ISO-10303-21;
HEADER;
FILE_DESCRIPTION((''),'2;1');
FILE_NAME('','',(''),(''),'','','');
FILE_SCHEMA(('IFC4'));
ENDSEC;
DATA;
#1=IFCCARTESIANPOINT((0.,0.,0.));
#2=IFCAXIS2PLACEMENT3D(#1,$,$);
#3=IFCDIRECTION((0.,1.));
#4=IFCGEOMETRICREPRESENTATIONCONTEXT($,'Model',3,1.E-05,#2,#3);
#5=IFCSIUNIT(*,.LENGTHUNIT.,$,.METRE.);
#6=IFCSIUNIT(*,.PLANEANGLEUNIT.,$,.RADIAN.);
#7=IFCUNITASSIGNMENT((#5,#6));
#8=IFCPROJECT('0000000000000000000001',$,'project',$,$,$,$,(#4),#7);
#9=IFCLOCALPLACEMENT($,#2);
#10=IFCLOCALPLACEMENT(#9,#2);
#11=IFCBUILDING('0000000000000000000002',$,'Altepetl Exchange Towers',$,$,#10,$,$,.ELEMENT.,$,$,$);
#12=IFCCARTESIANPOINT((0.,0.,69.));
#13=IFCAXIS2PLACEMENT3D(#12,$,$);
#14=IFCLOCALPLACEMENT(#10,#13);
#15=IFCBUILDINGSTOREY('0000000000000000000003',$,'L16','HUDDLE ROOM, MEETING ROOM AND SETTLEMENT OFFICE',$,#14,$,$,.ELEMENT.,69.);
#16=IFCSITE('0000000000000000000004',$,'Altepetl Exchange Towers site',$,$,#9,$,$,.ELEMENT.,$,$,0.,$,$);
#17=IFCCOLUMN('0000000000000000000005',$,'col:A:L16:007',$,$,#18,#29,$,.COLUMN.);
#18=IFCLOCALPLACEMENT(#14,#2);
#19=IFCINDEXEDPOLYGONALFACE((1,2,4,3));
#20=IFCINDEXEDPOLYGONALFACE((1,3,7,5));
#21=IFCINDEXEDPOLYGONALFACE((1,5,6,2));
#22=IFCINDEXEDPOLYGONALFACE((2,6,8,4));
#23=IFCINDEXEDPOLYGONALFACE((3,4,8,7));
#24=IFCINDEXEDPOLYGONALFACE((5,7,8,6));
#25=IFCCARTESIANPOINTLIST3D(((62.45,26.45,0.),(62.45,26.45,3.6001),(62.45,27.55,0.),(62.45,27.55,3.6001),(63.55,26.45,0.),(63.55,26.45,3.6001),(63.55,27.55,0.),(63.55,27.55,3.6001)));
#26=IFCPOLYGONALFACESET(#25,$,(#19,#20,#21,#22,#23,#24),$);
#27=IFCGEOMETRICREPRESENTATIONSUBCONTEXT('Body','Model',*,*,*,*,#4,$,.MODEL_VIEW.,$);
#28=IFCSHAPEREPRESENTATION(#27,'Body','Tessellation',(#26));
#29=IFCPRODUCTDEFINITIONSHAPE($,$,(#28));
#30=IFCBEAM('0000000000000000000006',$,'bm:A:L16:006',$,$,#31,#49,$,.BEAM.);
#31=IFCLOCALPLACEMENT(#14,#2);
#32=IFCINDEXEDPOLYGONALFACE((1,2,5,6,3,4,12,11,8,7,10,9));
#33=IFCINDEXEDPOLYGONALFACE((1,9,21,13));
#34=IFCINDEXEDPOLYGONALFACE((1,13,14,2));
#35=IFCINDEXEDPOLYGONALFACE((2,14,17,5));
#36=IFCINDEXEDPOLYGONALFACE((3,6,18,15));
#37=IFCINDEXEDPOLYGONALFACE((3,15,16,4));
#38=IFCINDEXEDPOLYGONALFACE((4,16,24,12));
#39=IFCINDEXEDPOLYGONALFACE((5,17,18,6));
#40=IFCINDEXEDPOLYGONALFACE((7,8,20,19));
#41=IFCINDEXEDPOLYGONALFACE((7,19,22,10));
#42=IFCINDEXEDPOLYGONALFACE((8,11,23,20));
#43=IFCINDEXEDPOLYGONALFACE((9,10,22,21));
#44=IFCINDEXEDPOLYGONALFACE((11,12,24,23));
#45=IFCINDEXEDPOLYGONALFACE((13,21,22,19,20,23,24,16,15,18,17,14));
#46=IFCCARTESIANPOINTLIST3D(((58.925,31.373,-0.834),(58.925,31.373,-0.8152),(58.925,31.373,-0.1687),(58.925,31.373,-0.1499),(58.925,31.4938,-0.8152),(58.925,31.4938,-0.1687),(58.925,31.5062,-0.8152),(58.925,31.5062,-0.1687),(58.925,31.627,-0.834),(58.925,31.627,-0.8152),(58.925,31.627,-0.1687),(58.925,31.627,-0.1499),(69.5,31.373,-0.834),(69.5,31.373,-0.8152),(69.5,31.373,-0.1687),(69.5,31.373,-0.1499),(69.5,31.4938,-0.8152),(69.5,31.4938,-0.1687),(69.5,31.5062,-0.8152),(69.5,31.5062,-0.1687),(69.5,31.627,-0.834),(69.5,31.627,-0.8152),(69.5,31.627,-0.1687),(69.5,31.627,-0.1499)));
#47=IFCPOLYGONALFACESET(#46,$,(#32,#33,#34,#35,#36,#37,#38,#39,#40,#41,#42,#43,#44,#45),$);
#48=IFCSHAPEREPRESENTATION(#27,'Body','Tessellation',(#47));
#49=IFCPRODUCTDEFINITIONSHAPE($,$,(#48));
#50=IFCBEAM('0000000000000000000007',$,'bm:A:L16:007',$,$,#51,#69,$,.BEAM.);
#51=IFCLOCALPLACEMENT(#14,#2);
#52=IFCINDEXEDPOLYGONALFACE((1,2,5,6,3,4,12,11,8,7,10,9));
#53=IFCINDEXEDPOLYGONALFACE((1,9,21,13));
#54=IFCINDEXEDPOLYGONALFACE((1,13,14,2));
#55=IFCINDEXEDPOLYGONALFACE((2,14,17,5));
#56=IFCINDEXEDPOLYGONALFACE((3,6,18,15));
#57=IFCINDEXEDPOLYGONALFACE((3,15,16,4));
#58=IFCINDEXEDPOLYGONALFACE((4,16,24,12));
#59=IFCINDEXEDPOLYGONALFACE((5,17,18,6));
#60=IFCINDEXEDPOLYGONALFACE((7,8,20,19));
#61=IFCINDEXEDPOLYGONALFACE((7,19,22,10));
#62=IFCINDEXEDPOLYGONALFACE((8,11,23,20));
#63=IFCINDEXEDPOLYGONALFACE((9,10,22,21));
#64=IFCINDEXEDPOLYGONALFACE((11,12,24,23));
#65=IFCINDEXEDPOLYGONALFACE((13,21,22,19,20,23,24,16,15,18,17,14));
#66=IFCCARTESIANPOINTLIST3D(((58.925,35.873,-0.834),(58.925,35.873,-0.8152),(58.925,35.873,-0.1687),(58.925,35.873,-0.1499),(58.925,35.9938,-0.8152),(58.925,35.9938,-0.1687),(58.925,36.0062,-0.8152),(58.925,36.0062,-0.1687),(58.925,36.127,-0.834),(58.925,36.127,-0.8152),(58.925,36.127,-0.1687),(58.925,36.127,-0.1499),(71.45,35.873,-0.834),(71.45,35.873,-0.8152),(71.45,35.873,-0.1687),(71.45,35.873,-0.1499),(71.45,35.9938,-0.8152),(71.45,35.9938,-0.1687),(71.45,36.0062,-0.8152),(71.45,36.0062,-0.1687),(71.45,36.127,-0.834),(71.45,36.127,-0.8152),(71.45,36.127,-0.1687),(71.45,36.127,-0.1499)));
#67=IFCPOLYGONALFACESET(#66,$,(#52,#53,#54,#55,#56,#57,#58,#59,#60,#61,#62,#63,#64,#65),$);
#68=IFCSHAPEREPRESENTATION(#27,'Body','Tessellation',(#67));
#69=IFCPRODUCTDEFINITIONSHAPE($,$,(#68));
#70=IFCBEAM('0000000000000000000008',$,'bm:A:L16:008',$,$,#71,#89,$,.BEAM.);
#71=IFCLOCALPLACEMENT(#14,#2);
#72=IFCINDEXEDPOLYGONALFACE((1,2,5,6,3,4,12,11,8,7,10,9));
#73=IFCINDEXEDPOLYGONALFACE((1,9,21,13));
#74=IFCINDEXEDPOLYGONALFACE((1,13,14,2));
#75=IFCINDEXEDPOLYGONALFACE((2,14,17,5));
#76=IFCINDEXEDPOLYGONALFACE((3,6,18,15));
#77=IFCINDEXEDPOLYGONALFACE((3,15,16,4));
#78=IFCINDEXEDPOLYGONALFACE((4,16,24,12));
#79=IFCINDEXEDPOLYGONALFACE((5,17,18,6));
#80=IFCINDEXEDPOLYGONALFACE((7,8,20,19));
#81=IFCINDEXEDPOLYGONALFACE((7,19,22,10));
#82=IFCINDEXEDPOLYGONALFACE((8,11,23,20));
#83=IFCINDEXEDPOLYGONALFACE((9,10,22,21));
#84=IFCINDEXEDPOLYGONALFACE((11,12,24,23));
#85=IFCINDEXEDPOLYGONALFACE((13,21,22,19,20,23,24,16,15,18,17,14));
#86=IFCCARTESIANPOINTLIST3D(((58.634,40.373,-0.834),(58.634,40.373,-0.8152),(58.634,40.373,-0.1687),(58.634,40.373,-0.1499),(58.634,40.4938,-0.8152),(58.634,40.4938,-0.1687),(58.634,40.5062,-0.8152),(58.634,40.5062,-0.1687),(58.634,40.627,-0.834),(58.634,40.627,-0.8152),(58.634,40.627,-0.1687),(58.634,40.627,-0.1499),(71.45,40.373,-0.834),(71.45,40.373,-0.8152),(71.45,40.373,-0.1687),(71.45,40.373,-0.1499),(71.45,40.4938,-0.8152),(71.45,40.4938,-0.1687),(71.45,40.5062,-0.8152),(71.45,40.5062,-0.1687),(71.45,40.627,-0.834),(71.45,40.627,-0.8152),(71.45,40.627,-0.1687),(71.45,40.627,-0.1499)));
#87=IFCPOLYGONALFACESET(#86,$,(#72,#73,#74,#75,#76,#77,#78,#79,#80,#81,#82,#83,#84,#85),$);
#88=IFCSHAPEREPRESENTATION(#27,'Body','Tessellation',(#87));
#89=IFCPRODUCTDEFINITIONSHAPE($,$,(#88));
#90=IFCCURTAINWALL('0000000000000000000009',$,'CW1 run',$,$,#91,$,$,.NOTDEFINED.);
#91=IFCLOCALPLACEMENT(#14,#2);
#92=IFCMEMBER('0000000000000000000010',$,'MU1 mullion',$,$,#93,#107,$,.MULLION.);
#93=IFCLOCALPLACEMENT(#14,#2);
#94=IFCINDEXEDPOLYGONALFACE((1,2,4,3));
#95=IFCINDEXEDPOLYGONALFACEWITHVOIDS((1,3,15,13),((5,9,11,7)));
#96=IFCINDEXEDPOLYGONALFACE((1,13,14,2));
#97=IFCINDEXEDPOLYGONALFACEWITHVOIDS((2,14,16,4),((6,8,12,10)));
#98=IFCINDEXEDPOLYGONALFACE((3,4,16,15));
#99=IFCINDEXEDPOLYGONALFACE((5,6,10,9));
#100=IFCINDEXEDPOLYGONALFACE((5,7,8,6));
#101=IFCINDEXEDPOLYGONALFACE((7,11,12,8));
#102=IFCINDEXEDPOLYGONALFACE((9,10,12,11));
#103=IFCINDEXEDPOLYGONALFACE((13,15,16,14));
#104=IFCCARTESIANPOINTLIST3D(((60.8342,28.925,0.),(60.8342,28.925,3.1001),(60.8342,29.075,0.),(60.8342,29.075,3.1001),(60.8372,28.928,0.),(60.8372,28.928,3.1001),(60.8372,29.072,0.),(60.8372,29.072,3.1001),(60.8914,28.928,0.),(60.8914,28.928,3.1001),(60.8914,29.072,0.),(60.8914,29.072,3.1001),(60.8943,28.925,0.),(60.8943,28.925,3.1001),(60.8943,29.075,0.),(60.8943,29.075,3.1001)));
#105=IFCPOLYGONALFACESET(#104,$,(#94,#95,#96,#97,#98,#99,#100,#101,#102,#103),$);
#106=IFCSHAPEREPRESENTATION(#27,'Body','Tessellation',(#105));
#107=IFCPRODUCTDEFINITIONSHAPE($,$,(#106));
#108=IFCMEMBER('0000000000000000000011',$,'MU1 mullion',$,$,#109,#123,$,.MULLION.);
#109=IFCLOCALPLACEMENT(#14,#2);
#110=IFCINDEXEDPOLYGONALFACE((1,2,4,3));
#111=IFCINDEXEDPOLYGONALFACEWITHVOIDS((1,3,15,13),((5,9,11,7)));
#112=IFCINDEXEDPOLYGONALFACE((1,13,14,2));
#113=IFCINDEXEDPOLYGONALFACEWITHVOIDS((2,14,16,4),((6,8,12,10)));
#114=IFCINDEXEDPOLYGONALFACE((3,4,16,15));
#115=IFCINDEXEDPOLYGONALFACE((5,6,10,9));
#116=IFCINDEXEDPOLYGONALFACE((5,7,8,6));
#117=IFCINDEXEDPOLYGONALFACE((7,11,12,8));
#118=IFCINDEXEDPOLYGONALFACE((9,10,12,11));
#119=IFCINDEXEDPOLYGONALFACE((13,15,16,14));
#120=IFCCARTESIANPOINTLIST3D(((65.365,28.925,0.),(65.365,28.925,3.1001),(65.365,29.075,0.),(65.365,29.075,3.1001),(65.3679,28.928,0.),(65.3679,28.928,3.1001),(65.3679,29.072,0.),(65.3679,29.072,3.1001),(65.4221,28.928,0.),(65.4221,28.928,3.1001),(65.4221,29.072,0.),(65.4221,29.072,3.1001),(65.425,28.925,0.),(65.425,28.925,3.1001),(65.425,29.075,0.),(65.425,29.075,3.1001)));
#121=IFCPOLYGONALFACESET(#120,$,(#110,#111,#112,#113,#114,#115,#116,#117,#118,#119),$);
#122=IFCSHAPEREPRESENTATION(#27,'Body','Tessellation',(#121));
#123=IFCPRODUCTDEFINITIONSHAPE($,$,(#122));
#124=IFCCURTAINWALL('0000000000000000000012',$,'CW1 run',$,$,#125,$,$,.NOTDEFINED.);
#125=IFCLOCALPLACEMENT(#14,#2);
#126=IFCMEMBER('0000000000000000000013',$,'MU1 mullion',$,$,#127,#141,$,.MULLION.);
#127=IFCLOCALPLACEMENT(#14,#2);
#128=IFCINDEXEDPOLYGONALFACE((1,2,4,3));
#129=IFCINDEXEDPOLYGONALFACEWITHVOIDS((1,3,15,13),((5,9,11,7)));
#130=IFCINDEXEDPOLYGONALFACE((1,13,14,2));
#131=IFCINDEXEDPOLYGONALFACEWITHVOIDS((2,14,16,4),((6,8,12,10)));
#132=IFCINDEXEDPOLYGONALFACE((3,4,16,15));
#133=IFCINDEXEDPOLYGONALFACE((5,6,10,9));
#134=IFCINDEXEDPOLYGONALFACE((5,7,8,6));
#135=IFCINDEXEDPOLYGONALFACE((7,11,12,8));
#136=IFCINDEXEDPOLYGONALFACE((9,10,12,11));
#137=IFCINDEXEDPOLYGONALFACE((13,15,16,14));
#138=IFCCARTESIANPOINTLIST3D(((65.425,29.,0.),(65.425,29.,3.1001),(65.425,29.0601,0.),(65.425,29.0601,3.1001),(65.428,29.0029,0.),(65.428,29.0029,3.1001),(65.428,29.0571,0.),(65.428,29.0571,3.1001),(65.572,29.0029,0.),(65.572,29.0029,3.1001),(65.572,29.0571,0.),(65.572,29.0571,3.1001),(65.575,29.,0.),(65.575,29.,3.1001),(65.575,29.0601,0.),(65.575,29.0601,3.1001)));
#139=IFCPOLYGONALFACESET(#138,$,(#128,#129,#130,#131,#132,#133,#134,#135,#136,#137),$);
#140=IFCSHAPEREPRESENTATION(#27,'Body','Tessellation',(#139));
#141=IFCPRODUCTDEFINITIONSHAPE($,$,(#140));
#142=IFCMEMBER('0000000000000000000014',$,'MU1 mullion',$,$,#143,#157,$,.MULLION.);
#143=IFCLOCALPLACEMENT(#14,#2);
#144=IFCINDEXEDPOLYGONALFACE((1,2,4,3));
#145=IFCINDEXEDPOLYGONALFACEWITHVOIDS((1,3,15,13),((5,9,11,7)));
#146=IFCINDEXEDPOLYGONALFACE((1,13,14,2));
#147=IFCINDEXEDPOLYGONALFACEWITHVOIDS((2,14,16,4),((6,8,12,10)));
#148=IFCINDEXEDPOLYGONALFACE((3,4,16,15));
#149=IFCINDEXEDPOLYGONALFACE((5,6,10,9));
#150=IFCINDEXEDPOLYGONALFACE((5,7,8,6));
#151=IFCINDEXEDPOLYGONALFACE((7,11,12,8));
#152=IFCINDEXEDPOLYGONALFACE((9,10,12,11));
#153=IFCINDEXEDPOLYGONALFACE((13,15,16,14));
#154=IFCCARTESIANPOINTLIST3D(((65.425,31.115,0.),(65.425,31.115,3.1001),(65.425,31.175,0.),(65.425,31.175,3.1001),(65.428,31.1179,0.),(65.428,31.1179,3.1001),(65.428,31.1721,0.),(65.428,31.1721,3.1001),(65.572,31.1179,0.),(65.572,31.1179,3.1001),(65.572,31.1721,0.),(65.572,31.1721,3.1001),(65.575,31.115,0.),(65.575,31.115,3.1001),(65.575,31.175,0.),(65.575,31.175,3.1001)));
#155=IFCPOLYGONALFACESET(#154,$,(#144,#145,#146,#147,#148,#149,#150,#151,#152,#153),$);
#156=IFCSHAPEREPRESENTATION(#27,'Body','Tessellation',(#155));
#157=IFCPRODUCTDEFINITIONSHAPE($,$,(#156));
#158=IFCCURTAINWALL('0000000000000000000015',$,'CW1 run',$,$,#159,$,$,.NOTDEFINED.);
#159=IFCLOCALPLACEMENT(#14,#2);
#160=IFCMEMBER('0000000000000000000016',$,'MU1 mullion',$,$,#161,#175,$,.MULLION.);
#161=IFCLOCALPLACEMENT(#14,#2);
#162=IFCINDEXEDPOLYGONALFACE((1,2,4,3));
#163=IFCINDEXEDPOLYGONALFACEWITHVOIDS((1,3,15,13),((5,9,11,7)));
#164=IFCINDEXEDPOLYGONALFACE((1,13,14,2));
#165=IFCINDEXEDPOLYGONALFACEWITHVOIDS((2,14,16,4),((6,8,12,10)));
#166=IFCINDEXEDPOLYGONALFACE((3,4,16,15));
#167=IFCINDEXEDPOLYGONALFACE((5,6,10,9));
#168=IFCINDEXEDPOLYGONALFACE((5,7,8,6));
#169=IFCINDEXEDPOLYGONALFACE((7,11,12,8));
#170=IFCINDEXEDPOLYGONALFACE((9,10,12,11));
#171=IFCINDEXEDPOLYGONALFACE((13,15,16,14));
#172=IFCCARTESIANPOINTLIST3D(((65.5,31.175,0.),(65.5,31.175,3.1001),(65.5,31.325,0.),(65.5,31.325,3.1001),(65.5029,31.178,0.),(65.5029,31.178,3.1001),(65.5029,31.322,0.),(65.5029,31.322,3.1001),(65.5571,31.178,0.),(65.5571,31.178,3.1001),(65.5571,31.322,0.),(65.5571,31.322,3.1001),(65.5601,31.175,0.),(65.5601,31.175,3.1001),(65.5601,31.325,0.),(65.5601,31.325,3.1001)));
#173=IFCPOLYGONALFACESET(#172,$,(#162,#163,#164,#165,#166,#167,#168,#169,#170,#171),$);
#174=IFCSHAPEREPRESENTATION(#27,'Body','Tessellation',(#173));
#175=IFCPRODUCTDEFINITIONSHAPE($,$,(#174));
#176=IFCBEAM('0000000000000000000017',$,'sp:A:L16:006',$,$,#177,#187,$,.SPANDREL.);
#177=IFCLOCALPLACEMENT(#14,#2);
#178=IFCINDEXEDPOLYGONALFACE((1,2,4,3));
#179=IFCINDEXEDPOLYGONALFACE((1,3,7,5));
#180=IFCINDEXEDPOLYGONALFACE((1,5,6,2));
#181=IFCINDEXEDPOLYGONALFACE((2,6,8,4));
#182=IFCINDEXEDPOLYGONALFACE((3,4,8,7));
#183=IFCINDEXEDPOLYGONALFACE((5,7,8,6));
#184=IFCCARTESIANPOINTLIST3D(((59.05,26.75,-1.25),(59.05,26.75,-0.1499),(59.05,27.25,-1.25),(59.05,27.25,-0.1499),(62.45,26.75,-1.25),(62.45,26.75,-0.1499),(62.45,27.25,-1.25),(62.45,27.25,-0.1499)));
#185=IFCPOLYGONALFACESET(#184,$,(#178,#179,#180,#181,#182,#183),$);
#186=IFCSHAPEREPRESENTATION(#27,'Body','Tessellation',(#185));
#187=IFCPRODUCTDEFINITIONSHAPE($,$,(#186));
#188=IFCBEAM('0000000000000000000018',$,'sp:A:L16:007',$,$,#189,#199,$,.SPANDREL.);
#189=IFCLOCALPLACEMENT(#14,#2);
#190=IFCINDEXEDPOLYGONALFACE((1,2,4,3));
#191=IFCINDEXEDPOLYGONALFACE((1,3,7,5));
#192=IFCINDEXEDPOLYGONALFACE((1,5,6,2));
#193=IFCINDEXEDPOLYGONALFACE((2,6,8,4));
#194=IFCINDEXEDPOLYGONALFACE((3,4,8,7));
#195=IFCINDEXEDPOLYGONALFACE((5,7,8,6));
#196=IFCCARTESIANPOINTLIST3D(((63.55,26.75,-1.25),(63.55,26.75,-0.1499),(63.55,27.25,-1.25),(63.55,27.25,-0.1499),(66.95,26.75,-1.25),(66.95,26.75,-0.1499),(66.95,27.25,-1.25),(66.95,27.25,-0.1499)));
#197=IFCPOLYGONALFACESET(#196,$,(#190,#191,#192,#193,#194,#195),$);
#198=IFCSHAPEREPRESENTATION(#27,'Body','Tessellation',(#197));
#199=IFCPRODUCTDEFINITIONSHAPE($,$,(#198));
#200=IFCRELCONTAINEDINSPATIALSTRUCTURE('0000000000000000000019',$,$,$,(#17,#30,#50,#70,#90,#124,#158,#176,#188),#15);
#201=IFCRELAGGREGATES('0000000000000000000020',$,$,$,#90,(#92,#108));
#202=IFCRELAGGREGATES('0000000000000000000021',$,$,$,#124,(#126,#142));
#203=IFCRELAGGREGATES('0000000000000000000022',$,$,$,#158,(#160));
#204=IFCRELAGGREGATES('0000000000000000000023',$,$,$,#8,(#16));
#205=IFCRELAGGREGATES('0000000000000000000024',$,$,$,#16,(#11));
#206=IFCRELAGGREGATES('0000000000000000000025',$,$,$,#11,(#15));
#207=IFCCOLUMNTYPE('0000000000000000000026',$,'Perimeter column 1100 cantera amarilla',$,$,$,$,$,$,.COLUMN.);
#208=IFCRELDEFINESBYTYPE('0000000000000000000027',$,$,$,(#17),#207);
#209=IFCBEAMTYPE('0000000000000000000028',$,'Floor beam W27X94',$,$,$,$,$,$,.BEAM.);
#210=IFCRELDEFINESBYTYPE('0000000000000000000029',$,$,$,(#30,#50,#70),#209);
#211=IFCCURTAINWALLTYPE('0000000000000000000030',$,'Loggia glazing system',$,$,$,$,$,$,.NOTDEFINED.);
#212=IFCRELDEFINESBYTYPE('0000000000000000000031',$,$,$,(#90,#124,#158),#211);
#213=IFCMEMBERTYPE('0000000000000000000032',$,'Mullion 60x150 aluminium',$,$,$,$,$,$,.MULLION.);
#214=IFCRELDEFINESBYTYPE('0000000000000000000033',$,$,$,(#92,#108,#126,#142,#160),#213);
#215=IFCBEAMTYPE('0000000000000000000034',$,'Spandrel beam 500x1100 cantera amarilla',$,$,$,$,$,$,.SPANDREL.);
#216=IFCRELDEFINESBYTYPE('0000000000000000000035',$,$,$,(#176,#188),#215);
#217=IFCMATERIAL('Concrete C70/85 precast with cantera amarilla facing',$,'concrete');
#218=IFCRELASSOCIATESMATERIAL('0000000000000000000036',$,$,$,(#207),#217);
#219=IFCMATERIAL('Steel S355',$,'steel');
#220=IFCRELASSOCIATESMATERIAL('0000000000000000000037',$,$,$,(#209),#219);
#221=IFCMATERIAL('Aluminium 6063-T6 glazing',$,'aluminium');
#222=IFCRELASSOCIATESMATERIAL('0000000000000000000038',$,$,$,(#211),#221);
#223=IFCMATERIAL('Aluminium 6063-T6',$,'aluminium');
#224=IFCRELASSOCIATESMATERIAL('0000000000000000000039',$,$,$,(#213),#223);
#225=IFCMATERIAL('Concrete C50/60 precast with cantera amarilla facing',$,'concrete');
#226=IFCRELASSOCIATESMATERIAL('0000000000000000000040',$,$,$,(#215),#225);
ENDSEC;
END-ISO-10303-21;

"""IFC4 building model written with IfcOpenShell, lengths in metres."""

from ifc_helpers import new_model, si_unit, direction, frame, origin, origin_2d, place, context, subcontext, project, spatial, rectangle, hollow_rectangle, i_section, extrude, material, material_profile, profile_set, type_object, element, aggregate, save


model = new_model("IFC4")

# Units and contexts
model_context = context("Model", 3, precision=1e-05, world=origin(), true_north=direction((0.0, 1.0)))
body_context = subcontext(model_context, "Body", "Model", "MODEL_VIEW")
ifc_project = project(units=[si_unit("LENGTHUNIT", "METRE"), si_unit("PLANEANGLEUNIT", "RADIAN")], contexts=[model_context])

# Site, building, storey
site_placement = place(None, origin())
site = spatial("IfcSite", under=ifc_project, at=site_placement, Name="Altepetl Exchange Towers site", CompositionType="ELEMENT", RefElevation=0.0)
building_placement = place(site_placement, origin())
building = spatial("IfcBuilding", under=site, at=building_placement, Name="Altepetl Exchange Towers", CompositionType="ELEMENT")
storey_placement = place(building_placement, frame((0.0, 0.0, 69.0)))
storey = spatial("IfcBuildingStorey", under=building, at=storey_placement, Name="L16", Description="HUDDLE ROOM, MEETING ROOM AND SETTLEMENT OFFICE", CompositionType="ELEMENT", Elevation=69.0)

# Column
ifc_material_1 = material(Name="Concrete C70/85 precast with cantera amarilla facing", Category="concrete")
ifc_material_profile_1 = material_profile(ifc_material_1, rectangle(XDim=1.1001, YDim=1.1001, at=origin_2d()), Name="1100 x 1100")
ifc_profile_set_1 = profile_set([ifc_material_profile_1], Name="Concrete C70/85 precast with cantera amarilla facing")
column_type = type_object("IfcColumnType", Name="Perimeter column 1100 cantera amarilla", PredefinedType="COLUMN", material=ifc_profile_set_1)
column_placement = place(storey_placement, frame((63.0, 27.0, 0.0)))
element("IfcColumn", 1, at=column_placement, inside=storey, type_object=column_type, Name="col:A:L16:007", PredefinedType="COLUMN", context=body_context, shape_type="SweptSolid", body=[
    extrude(rectangle(XDim=1.1001, YDim=1.1001, at=origin_2d()), origin(), (0.0, 0.0, 1.0), 3.6001),
])

# Beams
ifc_material_2 = material(Name="Steel S355", Category="steel")
ifc_material_profile_2 = material_profile(ifc_material_2, i_section(OverallWidth=0.2539, OverallDepth=0.6841, WebThickness=0.0125, FlangeThickness=0.0188, at=origin_2d()), Name="W27X94")
ifc_profile_set_2 = profile_set([ifc_material_profile_2], Name="Steel S355")
beam_type_1 = type_object("IfcBeamType", Name="Floor beam W27X94", PredefinedType="BEAM", material=ifc_profile_set_2)
beam_1_placement = place(storey_placement, frame((58.925, 31.5, -0.4919), z_axis=(1.0, 0.0, 0.0), x_axis=(0.0, 1.0, 0.0)))
element("IfcBeam", 2, at=beam_1_placement, inside=storey, type_object=beam_type_1, Name="bm:A:L16:006", PredefinedType="BEAM", context=body_context, shape_type="SweptSolid", body=[
    extrude(i_section(OverallWidth=0.2539, OverallDepth=0.6841, WebThickness=0.0125, FlangeThickness=0.0188, at=origin_2d()), origin(), (0.0, 0.0, 1.0), 10.575),
])
beam_2_placement = place(storey_placement, frame((58.925, 36.0, -0.4919), z_axis=(1.0, 0.0, 0.0), x_axis=(0.0, 1.0, 0.0)))
element("IfcBeam", 3, at=beam_2_placement, inside=storey, type_object=beam_type_1, Name="bm:A:L16:007", PredefinedType="BEAM", context=body_context, shape_type="SweptSolid", body=[
    extrude(i_section(OverallWidth=0.2539, OverallDepth=0.6841, WebThickness=0.0125, FlangeThickness=0.0188, at=origin_2d()), origin(), (0.0, 0.0, 1.0), 12.5249),
])
beam_3_placement = place(storey_placement, frame((58.634, 40.5, -0.4919), z_axis=(1.0, 0.0, 0.0), x_axis=(0.0, 1.0, 0.0)))
element("IfcBeam", 4, at=beam_3_placement, inside=storey, type_object=beam_type_1, Name="bm:A:L16:008", PredefinedType="BEAM", context=body_context, shape_type="SweptSolid", body=[
    extrude(i_section(OverallWidth=0.2539, OverallDepth=0.6841, WebThickness=0.0125, FlangeThickness=0.0188, at=origin_2d()), origin(), (0.0, 0.0, 1.0), 12.8159),
])

# Curtain walls, members
ifc_material_3 = material(Name="Aluminium 6063-T6 glazing", Category="aluminium")
curtain_wall_type = type_object("IfcCurtainWallType", Name="Loggia glazing system", PredefinedType="NOTDEFINED", material=ifc_material_3)
curtain_wall_1_placement = place(storey_placement, origin())
curtain_wall_1 = element("IfcCurtainWall", 5, at=curtain_wall_1_placement, inside=storey, type_object=curtain_wall_type, Name="CW1 run", PredefinedType="NOTDEFINED")
ifc_material_4 = material(Name="Aluminium 6063-T6", Category="aluminium")
ifc_material_profile_3 = material_profile(ifc_material_4, hollow_rectangle(XDim=0.0601, YDim=0.1499, WallThickness=0.0029, at=origin_2d()), Name="Mullion 60x150 aluminium")
ifc_profile_set_3 = profile_set([ifc_material_profile_3], Name="Aluminium 6063-T6")
member_type = type_object("IfcMemberType", Name="Mullion 60x150 aluminium", PredefinedType="MULLION", material=ifc_profile_set_3)
member_1_placement = place(storey_placement, frame((60.8643, 29.0, 0.0)))
member_1 = element("IfcMember", 6, at=member_1_placement, type_object=member_type, Name="MU1 mullion", PredefinedType="MULLION", context=body_context, shape_type="SweptSolid", body=[
    extrude(hollow_rectangle(XDim=0.0601, YDim=0.1499, WallThickness=0.0029, at=origin_2d()), origin(), (0.0, 0.0, 1.0), 3.1001),
])
member_2_placement = place(storey_placement, frame((65.395, 29.0, 0.0)))
member_2 = element("IfcMember", 7, at=member_2_placement, type_object=member_type, Name="MU1 mullion", PredefinedType="MULLION", context=body_context, shape_type="SweptSolid", body=[
    extrude(hollow_rectangle(XDim=0.0601, YDim=0.1499, WallThickness=0.0029, at=origin_2d()), origin(), (0.0, 0.0, 1.0), 3.1001),
])
curtain_wall_2_placement = place(storey_placement, origin())
curtain_wall_2 = element("IfcCurtainWall", 8, at=curtain_wall_2_placement, inside=storey, type_object=curtain_wall_type, Name="CW1 run", PredefinedType="NOTDEFINED")
member_3_placement = place(storey_placement, frame((65.5, 29.03, 0.0), z_axis=(0.0, 0.0, 1.0), x_axis=(0.0, 1.0, 0.0)))
member_3 = element("IfcMember", 9, at=member_3_placement, type_object=member_type, Name="MU1 mullion", PredefinedType="MULLION", context=body_context, shape_type="SweptSolid", body=[
    extrude(hollow_rectangle(XDim=0.0601, YDim=0.1499, WallThickness=0.0029, at=origin_2d()), origin(), (0.0, 0.0, 1.0), 3.1001),
])
member_4_placement = place(storey_placement, frame((65.5, 31.145, 0.0), z_axis=(0.0, 0.0, 1.0), x_axis=(0.0, 1.0, 0.0)))
member_4 = element("IfcMember", 10, at=member_4_placement, type_object=member_type, Name="MU1 mullion", PredefinedType="MULLION", context=body_context, shape_type="SweptSolid", body=[
    extrude(hollow_rectangle(XDim=0.0601, YDim=0.1499, WallThickness=0.0029, at=origin_2d()), origin(), (0.0, 0.0, 1.0), 3.1001),
])

# Curtain wall, member
curtain_wall_3_placement = place(storey_placement, origin())
curtain_wall_3 = element("IfcCurtainWall", 11, at=curtain_wall_3_placement, inside=storey, type_object=curtain_wall_type, Name="CW1 run", PredefinedType="NOTDEFINED")
member_5_placement = place(storey_placement, frame((65.53, 31.25, 0.0)))
member_5 = element("IfcMember", 12, at=member_5_placement, type_object=member_type, Name="MU1 mullion", PredefinedType="MULLION", context=body_context, shape_type="SweptSolid", body=[
    extrude(hollow_rectangle(XDim=0.0601, YDim=0.1499, WallThickness=0.0029, at=origin_2d()), origin(), (0.0, 0.0, 1.0), 3.1001),
])

# Beams
ifc_material_5 = material(Name="Concrete C50/60 precast with cantera amarilla facing", Category="concrete")
ifc_material_profile_4 = material_profile(ifc_material_5, rectangle(XDim=0.5, YDim=1.1001, at=origin_2d()), Name="500 x 1100")
ifc_profile_set_4 = profile_set([ifc_material_profile_4], Name="Concrete C50/60 precast with cantera amarilla facing")
beam_type_2 = type_object("IfcBeamType", Name="Spandrel beam 500x1100 cantera amarilla", PredefinedType="SPANDREL", material=ifc_profile_set_4)
for number, where, z_axis, x_axis, name in (
    (13, (59.05, 27.0, -0.7), (1.0, 0.0, 0.0), (0.0, 1.0, 0.0), "sp:A:L16:006"),
    (14, (63.55, 27.0, -0.7), (1.0, 0.0, 0.0), (0.0, 1.0, 0.0), "sp:A:L16:007"),
):
    element("IfcBeam", number, at=place(storey_placement, frame(where, z_axis=z_axis, x_axis=x_axis)), inside=storey, type_object=beam_type_2, Name=name, PredefinedType="SPANDREL", context=body_context, shape_type="SweptSolid", body=[
        extrude(rectangle(XDim=0.5, YDim=1.1001, at=origin_2d()), origin(), (0.0, 0.0, 1.0), 3.3999),
    ])

aggregate(curtain_wall_1, [member_1, member_2])
aggregate(curtain_wall_2, [member_3, member_4])
aggregate(curtain_wall_3, [member_5])

save(model, "model.ifc")
